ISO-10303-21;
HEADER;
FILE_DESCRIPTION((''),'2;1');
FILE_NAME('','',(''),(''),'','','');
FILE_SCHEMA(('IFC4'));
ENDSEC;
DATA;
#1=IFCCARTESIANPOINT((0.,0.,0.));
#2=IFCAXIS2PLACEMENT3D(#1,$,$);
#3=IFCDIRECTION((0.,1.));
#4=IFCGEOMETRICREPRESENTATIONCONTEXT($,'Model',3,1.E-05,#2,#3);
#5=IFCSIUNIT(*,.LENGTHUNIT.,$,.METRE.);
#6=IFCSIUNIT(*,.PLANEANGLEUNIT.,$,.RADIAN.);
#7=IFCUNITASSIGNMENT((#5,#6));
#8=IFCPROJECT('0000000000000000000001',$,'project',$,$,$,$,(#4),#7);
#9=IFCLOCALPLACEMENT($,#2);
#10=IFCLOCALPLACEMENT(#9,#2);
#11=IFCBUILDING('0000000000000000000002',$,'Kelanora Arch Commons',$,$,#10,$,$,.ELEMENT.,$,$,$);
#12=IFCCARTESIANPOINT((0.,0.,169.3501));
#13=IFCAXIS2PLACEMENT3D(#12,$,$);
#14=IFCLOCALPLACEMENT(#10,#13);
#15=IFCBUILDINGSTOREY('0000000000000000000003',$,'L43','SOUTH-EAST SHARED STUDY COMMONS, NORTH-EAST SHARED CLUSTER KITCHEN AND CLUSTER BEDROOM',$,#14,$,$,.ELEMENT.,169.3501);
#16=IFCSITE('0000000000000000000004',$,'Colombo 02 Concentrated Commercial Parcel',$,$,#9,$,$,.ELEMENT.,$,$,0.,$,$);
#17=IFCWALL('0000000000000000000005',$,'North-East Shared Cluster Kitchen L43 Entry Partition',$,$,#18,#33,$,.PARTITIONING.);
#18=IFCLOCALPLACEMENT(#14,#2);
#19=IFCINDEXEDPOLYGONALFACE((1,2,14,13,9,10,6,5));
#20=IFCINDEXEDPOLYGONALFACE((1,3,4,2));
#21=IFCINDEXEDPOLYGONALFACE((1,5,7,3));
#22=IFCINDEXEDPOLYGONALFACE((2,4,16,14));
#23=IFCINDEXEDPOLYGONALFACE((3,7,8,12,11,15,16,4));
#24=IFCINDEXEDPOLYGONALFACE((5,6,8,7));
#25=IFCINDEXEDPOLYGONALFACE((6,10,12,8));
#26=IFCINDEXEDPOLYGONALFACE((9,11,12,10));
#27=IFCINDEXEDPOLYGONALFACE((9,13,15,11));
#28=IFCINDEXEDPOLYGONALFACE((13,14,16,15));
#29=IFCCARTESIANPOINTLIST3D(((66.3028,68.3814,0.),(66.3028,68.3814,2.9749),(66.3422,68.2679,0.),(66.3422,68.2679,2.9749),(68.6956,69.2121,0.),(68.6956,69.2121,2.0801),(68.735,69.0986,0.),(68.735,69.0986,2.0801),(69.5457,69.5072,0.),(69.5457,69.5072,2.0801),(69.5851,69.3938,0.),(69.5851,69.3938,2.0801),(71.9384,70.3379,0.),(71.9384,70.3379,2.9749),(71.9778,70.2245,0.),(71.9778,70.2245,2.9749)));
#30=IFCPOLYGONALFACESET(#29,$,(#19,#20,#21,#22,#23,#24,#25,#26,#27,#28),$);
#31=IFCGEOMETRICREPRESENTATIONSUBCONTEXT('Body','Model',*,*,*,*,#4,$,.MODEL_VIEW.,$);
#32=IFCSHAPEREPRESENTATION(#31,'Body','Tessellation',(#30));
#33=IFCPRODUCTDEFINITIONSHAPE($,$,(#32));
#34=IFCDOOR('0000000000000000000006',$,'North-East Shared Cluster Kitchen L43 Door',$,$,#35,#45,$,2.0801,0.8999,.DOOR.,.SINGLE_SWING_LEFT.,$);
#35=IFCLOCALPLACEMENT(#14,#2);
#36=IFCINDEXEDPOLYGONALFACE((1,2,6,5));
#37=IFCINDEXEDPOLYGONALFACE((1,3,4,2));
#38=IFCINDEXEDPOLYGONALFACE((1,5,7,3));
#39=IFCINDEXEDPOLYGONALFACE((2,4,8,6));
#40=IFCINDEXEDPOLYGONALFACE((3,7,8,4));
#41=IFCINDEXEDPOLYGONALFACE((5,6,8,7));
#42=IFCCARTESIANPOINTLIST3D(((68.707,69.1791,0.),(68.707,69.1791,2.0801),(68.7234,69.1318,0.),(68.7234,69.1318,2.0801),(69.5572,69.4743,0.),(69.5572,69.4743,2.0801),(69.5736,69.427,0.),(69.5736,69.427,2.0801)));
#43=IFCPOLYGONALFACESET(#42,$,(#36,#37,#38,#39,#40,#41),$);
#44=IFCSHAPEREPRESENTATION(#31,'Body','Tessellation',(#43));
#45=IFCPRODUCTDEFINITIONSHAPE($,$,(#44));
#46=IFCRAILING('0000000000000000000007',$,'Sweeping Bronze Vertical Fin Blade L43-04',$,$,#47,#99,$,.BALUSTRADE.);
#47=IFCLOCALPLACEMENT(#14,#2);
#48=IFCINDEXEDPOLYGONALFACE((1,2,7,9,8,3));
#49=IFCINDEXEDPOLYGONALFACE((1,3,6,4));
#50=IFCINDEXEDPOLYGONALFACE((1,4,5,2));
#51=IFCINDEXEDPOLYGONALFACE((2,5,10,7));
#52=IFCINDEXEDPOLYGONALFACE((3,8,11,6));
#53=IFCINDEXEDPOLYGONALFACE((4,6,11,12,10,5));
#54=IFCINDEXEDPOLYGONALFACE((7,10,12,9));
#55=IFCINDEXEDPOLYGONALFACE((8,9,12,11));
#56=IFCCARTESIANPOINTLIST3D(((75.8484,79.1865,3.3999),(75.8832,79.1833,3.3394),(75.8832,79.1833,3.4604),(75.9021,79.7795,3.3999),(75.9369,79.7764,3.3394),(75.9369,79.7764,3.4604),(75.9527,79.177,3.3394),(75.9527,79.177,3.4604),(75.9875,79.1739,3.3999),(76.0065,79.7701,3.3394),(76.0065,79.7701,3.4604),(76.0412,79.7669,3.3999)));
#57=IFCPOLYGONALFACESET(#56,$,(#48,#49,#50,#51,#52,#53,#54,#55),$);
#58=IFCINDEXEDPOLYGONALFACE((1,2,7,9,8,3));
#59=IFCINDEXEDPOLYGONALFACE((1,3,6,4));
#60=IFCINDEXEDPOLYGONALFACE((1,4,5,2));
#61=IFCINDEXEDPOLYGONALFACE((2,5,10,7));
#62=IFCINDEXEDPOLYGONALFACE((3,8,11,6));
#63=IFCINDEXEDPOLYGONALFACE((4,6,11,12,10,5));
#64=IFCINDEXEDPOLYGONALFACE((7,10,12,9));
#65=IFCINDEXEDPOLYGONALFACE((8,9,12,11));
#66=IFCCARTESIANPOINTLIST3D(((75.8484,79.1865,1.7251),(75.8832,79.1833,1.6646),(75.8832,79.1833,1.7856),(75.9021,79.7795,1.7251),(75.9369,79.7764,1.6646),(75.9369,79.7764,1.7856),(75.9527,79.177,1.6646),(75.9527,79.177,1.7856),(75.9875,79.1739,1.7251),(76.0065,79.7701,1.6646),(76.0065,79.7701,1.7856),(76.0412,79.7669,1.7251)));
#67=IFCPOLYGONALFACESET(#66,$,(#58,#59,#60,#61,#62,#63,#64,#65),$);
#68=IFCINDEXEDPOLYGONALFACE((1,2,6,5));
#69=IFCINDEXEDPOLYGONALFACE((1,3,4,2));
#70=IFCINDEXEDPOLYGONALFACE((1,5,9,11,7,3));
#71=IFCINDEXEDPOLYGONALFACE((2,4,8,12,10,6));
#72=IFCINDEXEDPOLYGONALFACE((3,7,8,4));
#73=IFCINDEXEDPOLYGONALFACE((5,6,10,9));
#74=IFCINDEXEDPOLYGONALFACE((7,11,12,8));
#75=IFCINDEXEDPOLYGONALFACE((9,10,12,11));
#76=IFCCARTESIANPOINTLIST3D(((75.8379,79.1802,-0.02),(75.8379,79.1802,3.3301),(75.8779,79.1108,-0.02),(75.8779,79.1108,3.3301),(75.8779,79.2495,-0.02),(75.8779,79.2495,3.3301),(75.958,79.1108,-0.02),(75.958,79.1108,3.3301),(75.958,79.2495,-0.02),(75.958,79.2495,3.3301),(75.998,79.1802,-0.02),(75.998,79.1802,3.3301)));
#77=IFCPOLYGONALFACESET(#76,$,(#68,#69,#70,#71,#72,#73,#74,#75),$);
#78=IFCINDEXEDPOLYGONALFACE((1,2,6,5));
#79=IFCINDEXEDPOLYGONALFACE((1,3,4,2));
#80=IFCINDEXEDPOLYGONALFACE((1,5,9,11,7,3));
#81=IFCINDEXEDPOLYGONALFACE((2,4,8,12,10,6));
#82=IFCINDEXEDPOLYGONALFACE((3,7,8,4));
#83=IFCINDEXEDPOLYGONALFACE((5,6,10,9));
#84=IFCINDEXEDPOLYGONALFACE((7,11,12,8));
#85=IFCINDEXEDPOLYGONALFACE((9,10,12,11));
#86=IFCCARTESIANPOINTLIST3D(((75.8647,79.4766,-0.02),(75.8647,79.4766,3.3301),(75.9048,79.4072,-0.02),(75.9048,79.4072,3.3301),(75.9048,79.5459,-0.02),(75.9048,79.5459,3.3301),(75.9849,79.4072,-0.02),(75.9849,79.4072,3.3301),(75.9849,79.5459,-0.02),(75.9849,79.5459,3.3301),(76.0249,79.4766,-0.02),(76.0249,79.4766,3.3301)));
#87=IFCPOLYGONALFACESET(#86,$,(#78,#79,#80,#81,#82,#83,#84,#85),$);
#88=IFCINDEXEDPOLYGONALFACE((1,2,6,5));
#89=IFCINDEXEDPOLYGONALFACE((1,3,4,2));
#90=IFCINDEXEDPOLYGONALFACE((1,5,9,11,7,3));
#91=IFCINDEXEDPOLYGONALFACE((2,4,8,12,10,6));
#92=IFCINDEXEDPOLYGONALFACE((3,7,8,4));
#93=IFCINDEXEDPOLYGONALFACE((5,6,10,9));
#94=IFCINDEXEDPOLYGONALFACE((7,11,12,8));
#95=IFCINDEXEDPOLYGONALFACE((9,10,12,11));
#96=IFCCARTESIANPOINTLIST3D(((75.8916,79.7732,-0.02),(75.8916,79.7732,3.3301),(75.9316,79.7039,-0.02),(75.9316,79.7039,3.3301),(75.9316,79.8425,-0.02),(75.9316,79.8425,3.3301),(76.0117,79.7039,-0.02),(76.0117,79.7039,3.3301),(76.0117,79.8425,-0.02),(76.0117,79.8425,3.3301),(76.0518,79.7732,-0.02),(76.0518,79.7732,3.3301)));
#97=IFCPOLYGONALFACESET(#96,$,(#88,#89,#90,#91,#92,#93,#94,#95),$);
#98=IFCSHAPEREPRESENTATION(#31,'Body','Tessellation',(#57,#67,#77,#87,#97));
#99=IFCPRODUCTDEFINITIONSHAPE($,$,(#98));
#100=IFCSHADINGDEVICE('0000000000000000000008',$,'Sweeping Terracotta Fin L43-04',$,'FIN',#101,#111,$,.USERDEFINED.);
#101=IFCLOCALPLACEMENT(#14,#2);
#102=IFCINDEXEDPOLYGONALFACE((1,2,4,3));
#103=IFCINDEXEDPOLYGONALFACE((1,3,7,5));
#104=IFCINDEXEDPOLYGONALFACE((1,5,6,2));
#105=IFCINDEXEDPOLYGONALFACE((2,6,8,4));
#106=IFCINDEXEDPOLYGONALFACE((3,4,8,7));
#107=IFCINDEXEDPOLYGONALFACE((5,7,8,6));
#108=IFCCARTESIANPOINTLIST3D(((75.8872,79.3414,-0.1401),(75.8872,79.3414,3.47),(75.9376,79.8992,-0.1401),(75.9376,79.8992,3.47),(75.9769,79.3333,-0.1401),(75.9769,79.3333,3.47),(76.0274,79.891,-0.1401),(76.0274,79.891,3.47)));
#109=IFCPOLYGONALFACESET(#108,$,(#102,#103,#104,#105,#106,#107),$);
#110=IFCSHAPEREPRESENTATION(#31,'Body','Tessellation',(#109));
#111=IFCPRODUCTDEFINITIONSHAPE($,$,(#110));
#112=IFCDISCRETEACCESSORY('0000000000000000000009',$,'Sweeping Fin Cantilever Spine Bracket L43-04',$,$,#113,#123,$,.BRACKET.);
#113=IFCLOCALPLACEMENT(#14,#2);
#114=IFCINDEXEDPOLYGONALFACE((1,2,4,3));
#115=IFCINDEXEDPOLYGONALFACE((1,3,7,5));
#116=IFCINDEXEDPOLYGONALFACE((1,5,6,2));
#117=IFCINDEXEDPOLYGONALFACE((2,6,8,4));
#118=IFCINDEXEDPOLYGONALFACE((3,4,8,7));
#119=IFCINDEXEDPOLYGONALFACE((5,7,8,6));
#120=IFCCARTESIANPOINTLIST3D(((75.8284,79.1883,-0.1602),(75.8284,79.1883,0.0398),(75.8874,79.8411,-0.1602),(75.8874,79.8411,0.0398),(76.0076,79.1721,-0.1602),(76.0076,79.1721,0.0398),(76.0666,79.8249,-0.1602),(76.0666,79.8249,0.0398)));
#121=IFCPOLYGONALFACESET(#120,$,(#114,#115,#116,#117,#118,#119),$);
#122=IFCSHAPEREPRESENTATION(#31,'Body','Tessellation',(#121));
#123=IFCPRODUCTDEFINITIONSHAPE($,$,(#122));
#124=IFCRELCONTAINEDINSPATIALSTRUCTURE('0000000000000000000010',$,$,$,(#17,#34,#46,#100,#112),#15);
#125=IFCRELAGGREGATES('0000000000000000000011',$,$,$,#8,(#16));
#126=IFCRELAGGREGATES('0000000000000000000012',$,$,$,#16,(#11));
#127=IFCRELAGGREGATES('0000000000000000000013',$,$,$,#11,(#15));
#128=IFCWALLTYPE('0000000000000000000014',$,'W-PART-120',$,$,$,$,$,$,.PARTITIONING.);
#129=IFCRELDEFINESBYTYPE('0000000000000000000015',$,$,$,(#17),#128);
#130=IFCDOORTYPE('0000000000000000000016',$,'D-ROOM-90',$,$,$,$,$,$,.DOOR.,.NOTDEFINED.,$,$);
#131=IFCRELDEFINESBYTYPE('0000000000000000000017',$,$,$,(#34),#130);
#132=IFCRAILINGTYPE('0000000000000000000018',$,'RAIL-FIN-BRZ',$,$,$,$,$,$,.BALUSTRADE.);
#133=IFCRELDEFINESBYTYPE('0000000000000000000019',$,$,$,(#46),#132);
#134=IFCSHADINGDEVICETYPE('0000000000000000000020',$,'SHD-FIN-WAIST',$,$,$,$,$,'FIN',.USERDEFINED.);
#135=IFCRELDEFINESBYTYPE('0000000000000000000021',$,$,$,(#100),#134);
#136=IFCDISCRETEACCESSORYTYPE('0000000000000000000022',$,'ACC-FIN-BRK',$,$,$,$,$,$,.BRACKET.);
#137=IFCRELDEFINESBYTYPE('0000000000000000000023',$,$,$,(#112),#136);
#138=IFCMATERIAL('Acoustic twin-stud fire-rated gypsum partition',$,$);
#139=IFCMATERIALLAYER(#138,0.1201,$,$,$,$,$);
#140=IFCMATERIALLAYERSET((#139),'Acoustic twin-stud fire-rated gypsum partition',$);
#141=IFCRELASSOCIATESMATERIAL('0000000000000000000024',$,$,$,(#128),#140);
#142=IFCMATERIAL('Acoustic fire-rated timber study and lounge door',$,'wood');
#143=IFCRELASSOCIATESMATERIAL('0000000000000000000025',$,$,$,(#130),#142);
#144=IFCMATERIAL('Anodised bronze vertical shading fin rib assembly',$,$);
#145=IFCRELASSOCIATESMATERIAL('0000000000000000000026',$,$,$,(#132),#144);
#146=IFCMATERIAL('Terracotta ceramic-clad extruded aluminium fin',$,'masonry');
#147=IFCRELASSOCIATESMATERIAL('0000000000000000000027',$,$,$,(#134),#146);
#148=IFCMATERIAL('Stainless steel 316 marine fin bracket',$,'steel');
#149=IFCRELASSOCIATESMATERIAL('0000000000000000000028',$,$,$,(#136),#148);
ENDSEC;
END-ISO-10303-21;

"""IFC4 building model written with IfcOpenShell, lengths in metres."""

from ifc_helpers import new_model, si_unit, direction, frame, frame_2d, origin, origin_2d, place, context, subcontext, project, spatial, polyline, rectangle, outline, extrude, source, transform, mapped, material, layer, layer_set, type_object, element, fill, save


model = new_model("IFC4")

# Units and contexts
model_context = context("Model", 3, precision=1e-05, world=origin(), true_north=direction((0.0, 1.0)))
body_context = subcontext(model_context, "Body", "Model", "MODEL_VIEW")
ifc_project = project(units=[si_unit("LENGTHUNIT", "METRE"), si_unit("PLANEANGLEUNIT", "RADIAN")], contexts=[model_context])

# Site, building, storey
site_placement = place(None, origin())
site = spatial("IfcSite", under=ifc_project, at=site_placement, Name="Colombo 02 Concentrated Commercial Parcel", CompositionType="ELEMENT", RefElevation=0.0)
building_placement = place(site_placement, origin())
building = spatial("IfcBuilding", under=site, at=building_placement, Name="Kelanora Arch Commons", CompositionType="ELEMENT")
storey_placement = place(building_placement, frame((0.0, 0.0, 169.3501)))
storey = spatial("IfcBuildingStorey", under=building, at=storey_placement, Name="L43", Description="SOUTH-EAST SHARED STUDY COMMONS, NORTH-EAST SHARED CLUSTER KITCHEN AND CLUSTER BEDROOM", CompositionType="ELEMENT", Elevation=169.3501)

# Wall, opening, door
ifc_material_1 = material(Name="Acoustic twin-stud fire-rated gypsum partition")
ifc_layer_1 = layer(ifc_material_1, 0.1201)
ifc_layer_set_1 = layer_set([ifc_layer_1], Name="Acoustic twin-stud fire-rated gypsum partition")
wall_type_1 = type_object("IfcWallType", Name="W-PART-120", PredefinedType="PARTITIONING", material=ifc_layer_set_1)
wall_1_placement = place(storey_placement, frame((71.9583, 70.2812, 0.0), z_axis=(0.0, 0.0, 1.0), x_axis=(-0.944685, -0.327978, 0.0)))
wall_1 = element("IfcWall", 1, at=wall_1_placement, inside=storey, type_object=wall_type_1, Name="North-East Shared Cluster Kitchen L43 Entry Partition", PredefinedType="PARTITIONING", context=body_context, shape_type="SweptSolid", body=[
    extrude(rectangle(XDim=5.9656, YDim=0.1201, at=frame_2d((2.9829, 0.0))), origin(), (0.0, 0.0, 1.0), 2.9749),
])
opening_1_placement = place(wall_1_placement, frame((2.533, 0.0, 0.0)))
opening_1 = element("IfcOpeningElement", 2, at=opening_1_placement, cuts=wall_1, PredefinedType="OPENING", context=body_context, shape_type="SweptSolid", body=[
    extrude(rectangle(XDim=0.8999, YDim=2.0801, at=frame_2d((0.45, 1.04))), frame((0.0, 0.0701, 0.0), z_axis=(0.0, -1.0, 0.0), x_axis=(1.0, 0.0, 0.0)), (0.0, 0.0, 1.0), 0.1401),
])
ifc_material_2 = material(Name="Acoustic fire-rated timber study and lounge door", Category="wood")
door_type = type_object("IfcDoorType", Name="D-ROOM-90", OperationType="NOTDEFINED", PredefinedType="DOOR", material=ifc_material_2)
door_placement = place(opening_1_placement, origin())
door = element("IfcDoor", 3, at=door_placement, inside=storey, type_object=door_type, Name="North-East Shared Cluster Kitchen L43 Door", OperationType="SINGLE_SWING_LEFT", OverallHeight=2.0801, OverallWidth=0.8999, PredefinedType="DOOR", context=body_context, shape_type="SweptSolid", body=[
    extrude(rectangle(XDim=0.8999, YDim=2.0801, at=frame_2d((0.45, 1.04))), frame((0.0, 0.0249, 0.0), z_axis=(0.0, -1.0, 0.0), x_axis=(1.0, 0.0, 0.0)), (0.0, 0.0, 1.0), 0.05),
])
fill(opening_1, door)

# Railing
ifc_material_3 = material(Name="Anodised bronze vertical shading fin rib assembly")
railing_type = type_object("IfcRailingType", Name="RAIL-FIN-BRZ", PredefinedType="BALUSTRADE", material=ifc_material_3)
railing_placement = place(storey_placement, frame((75.918, 79.1802, -0.02)))
element("IfcRailing", 4, at=railing_placement, inside=storey, type_object=railing_type, Name="Sweeping Bronze Vertical Fin Blade L43-04", PredefinedType="BALUSTRADE", context=body_context, shape_type="SweptSolid", body=[
    extrude(outline(polyline([(0.0698, 0.0), (0.0349, 0.0605), (-0.0349, 0.0605), (-0.0698, 0.0), (-0.0349, -0.0605), (0.0349, -0.0605), (0.0698, 0.0)])), frame((0.0, 0.0, 3.4199), z_axis=(0.090203, 0.995923, 0.0), x_axis=(-0.995923, 0.090203, 0.0)), (0.0, 0.0, 1.0), 0.5955),
    extrude(outline(polyline([(0.0698, 0.0), (0.0349, 0.0605), (-0.0349, 0.0605), (-0.0698, 0.0), (-0.0349, -0.0605), (0.0349, -0.0605), (0.0698, 0.0)])), frame((0.0, 0.0, 1.7451), z_axis=(0.090203, 0.995923, 0.0), x_axis=(-0.995923, 0.090203, 0.0)), (0.0, 0.0, 1.0), 0.5955),
    extrude(outline(polyline([(0.0801, 0.0), (0.04, 0.0693), (-0.04, 0.0693), (-0.0801, 0.0), (-0.04, -0.0693), (0.04, -0.0693), (0.0801, 0.0)])), origin(), (0.0, 0.0, 1.0), 3.3501),
    extrude(outline(polyline([(0.0801, 0.0), (0.04, 0.0693), (-0.04, 0.0693), (-0.0801, 0.0), (-0.04, -0.0693), (0.04, -0.0693), (0.0801, 0.0)])), frame((0.0269, 0.2964, 0.0)), (0.0, 0.0, 1.0), 3.3501),
    extrude(outline(polyline([(0.0801, 0.0), (0.04, 0.0693), (-0.04, 0.0693), (-0.0801, 0.0), (-0.04, -0.0693), (0.04, -0.0693), (0.0801, 0.0)])), frame((0.0537, 0.593, 0.0)), (0.0, 0.0, 1.0), 3.3501),
])

# Shading device
ifc_material_4 = material(Name="Terracotta ceramic-clad extruded aluminium fin", Category="masonry")
shading_device_type = type_object("IfcShadingDeviceType", Name="SHD-FIN-WAIST", ElementType="FIN", PredefinedType="USERDEFINED", material=ifc_material_4)
shared_shape_1 = source(origin(), body_context, "Body", "SweptSolid", [
    extrude(rectangle(XDim=0.5601, YDim=0.0901, at=origin_2d()), origin(), (0.0, 0.0, 1.0), 3.6101),
])
shading_device_placement = place(storey_placement, frame((75.9573, 79.6162, -0.1401), z_axis=(0.0, 0.0, 1.0), x_axis=(0.090111, 0.995932, 0.0)))
element("IfcShadingDevice", 5, at=shading_device_placement, inside=storey, type_object=shading_device_type, Name="Sweeping Terracotta Fin L43-04", ObjectType="FIN", PredefinedType="USERDEFINED", context=body_context, shape_type="MappedRepresentation", body=[
    mapped(shared_shape_1, transform((0.0, 0.0, 0.0), scale=1.0)),
])

# Discrete accessory
ifc_material_5 = material(Name="Stainless steel 316 marine fin bracket", Category="steel")
discrete_accessory_type = type_object("IfcDiscreteAccessoryType", Name="ACC-FIN-BRK", PredefinedType="BRACKET", material=ifc_material_5)
shared_shape_2 = source(origin(), body_context, "Body", "SweptSolid", [
    extrude(rectangle(XDim=0.6555, YDim=0.1799, at=origin_2d()), origin(), (0.0, 0.0, 1.0), 0.2),
])
discrete_accessory_placement = place(storey_placement, frame((75.9475, 79.5066, -0.1602), z_axis=(0.0, 0.0, 1.0), x_axis=(0.090111, 0.995932, 0.0)))
element("IfcDiscreteAccessory", 6, at=discrete_accessory_placement, inside=storey, type_object=discrete_accessory_type, Name="Sweeping Fin Cantilever Spine Bracket L43-04", PredefinedType="BRACKET", context=body_context, shape_type="MappedRepresentation", body=[
    mapped(shared_shape_2, transform((0.0, 0.0, 0.0), scale=1.0)),
])

save(model, "model.ifc")
